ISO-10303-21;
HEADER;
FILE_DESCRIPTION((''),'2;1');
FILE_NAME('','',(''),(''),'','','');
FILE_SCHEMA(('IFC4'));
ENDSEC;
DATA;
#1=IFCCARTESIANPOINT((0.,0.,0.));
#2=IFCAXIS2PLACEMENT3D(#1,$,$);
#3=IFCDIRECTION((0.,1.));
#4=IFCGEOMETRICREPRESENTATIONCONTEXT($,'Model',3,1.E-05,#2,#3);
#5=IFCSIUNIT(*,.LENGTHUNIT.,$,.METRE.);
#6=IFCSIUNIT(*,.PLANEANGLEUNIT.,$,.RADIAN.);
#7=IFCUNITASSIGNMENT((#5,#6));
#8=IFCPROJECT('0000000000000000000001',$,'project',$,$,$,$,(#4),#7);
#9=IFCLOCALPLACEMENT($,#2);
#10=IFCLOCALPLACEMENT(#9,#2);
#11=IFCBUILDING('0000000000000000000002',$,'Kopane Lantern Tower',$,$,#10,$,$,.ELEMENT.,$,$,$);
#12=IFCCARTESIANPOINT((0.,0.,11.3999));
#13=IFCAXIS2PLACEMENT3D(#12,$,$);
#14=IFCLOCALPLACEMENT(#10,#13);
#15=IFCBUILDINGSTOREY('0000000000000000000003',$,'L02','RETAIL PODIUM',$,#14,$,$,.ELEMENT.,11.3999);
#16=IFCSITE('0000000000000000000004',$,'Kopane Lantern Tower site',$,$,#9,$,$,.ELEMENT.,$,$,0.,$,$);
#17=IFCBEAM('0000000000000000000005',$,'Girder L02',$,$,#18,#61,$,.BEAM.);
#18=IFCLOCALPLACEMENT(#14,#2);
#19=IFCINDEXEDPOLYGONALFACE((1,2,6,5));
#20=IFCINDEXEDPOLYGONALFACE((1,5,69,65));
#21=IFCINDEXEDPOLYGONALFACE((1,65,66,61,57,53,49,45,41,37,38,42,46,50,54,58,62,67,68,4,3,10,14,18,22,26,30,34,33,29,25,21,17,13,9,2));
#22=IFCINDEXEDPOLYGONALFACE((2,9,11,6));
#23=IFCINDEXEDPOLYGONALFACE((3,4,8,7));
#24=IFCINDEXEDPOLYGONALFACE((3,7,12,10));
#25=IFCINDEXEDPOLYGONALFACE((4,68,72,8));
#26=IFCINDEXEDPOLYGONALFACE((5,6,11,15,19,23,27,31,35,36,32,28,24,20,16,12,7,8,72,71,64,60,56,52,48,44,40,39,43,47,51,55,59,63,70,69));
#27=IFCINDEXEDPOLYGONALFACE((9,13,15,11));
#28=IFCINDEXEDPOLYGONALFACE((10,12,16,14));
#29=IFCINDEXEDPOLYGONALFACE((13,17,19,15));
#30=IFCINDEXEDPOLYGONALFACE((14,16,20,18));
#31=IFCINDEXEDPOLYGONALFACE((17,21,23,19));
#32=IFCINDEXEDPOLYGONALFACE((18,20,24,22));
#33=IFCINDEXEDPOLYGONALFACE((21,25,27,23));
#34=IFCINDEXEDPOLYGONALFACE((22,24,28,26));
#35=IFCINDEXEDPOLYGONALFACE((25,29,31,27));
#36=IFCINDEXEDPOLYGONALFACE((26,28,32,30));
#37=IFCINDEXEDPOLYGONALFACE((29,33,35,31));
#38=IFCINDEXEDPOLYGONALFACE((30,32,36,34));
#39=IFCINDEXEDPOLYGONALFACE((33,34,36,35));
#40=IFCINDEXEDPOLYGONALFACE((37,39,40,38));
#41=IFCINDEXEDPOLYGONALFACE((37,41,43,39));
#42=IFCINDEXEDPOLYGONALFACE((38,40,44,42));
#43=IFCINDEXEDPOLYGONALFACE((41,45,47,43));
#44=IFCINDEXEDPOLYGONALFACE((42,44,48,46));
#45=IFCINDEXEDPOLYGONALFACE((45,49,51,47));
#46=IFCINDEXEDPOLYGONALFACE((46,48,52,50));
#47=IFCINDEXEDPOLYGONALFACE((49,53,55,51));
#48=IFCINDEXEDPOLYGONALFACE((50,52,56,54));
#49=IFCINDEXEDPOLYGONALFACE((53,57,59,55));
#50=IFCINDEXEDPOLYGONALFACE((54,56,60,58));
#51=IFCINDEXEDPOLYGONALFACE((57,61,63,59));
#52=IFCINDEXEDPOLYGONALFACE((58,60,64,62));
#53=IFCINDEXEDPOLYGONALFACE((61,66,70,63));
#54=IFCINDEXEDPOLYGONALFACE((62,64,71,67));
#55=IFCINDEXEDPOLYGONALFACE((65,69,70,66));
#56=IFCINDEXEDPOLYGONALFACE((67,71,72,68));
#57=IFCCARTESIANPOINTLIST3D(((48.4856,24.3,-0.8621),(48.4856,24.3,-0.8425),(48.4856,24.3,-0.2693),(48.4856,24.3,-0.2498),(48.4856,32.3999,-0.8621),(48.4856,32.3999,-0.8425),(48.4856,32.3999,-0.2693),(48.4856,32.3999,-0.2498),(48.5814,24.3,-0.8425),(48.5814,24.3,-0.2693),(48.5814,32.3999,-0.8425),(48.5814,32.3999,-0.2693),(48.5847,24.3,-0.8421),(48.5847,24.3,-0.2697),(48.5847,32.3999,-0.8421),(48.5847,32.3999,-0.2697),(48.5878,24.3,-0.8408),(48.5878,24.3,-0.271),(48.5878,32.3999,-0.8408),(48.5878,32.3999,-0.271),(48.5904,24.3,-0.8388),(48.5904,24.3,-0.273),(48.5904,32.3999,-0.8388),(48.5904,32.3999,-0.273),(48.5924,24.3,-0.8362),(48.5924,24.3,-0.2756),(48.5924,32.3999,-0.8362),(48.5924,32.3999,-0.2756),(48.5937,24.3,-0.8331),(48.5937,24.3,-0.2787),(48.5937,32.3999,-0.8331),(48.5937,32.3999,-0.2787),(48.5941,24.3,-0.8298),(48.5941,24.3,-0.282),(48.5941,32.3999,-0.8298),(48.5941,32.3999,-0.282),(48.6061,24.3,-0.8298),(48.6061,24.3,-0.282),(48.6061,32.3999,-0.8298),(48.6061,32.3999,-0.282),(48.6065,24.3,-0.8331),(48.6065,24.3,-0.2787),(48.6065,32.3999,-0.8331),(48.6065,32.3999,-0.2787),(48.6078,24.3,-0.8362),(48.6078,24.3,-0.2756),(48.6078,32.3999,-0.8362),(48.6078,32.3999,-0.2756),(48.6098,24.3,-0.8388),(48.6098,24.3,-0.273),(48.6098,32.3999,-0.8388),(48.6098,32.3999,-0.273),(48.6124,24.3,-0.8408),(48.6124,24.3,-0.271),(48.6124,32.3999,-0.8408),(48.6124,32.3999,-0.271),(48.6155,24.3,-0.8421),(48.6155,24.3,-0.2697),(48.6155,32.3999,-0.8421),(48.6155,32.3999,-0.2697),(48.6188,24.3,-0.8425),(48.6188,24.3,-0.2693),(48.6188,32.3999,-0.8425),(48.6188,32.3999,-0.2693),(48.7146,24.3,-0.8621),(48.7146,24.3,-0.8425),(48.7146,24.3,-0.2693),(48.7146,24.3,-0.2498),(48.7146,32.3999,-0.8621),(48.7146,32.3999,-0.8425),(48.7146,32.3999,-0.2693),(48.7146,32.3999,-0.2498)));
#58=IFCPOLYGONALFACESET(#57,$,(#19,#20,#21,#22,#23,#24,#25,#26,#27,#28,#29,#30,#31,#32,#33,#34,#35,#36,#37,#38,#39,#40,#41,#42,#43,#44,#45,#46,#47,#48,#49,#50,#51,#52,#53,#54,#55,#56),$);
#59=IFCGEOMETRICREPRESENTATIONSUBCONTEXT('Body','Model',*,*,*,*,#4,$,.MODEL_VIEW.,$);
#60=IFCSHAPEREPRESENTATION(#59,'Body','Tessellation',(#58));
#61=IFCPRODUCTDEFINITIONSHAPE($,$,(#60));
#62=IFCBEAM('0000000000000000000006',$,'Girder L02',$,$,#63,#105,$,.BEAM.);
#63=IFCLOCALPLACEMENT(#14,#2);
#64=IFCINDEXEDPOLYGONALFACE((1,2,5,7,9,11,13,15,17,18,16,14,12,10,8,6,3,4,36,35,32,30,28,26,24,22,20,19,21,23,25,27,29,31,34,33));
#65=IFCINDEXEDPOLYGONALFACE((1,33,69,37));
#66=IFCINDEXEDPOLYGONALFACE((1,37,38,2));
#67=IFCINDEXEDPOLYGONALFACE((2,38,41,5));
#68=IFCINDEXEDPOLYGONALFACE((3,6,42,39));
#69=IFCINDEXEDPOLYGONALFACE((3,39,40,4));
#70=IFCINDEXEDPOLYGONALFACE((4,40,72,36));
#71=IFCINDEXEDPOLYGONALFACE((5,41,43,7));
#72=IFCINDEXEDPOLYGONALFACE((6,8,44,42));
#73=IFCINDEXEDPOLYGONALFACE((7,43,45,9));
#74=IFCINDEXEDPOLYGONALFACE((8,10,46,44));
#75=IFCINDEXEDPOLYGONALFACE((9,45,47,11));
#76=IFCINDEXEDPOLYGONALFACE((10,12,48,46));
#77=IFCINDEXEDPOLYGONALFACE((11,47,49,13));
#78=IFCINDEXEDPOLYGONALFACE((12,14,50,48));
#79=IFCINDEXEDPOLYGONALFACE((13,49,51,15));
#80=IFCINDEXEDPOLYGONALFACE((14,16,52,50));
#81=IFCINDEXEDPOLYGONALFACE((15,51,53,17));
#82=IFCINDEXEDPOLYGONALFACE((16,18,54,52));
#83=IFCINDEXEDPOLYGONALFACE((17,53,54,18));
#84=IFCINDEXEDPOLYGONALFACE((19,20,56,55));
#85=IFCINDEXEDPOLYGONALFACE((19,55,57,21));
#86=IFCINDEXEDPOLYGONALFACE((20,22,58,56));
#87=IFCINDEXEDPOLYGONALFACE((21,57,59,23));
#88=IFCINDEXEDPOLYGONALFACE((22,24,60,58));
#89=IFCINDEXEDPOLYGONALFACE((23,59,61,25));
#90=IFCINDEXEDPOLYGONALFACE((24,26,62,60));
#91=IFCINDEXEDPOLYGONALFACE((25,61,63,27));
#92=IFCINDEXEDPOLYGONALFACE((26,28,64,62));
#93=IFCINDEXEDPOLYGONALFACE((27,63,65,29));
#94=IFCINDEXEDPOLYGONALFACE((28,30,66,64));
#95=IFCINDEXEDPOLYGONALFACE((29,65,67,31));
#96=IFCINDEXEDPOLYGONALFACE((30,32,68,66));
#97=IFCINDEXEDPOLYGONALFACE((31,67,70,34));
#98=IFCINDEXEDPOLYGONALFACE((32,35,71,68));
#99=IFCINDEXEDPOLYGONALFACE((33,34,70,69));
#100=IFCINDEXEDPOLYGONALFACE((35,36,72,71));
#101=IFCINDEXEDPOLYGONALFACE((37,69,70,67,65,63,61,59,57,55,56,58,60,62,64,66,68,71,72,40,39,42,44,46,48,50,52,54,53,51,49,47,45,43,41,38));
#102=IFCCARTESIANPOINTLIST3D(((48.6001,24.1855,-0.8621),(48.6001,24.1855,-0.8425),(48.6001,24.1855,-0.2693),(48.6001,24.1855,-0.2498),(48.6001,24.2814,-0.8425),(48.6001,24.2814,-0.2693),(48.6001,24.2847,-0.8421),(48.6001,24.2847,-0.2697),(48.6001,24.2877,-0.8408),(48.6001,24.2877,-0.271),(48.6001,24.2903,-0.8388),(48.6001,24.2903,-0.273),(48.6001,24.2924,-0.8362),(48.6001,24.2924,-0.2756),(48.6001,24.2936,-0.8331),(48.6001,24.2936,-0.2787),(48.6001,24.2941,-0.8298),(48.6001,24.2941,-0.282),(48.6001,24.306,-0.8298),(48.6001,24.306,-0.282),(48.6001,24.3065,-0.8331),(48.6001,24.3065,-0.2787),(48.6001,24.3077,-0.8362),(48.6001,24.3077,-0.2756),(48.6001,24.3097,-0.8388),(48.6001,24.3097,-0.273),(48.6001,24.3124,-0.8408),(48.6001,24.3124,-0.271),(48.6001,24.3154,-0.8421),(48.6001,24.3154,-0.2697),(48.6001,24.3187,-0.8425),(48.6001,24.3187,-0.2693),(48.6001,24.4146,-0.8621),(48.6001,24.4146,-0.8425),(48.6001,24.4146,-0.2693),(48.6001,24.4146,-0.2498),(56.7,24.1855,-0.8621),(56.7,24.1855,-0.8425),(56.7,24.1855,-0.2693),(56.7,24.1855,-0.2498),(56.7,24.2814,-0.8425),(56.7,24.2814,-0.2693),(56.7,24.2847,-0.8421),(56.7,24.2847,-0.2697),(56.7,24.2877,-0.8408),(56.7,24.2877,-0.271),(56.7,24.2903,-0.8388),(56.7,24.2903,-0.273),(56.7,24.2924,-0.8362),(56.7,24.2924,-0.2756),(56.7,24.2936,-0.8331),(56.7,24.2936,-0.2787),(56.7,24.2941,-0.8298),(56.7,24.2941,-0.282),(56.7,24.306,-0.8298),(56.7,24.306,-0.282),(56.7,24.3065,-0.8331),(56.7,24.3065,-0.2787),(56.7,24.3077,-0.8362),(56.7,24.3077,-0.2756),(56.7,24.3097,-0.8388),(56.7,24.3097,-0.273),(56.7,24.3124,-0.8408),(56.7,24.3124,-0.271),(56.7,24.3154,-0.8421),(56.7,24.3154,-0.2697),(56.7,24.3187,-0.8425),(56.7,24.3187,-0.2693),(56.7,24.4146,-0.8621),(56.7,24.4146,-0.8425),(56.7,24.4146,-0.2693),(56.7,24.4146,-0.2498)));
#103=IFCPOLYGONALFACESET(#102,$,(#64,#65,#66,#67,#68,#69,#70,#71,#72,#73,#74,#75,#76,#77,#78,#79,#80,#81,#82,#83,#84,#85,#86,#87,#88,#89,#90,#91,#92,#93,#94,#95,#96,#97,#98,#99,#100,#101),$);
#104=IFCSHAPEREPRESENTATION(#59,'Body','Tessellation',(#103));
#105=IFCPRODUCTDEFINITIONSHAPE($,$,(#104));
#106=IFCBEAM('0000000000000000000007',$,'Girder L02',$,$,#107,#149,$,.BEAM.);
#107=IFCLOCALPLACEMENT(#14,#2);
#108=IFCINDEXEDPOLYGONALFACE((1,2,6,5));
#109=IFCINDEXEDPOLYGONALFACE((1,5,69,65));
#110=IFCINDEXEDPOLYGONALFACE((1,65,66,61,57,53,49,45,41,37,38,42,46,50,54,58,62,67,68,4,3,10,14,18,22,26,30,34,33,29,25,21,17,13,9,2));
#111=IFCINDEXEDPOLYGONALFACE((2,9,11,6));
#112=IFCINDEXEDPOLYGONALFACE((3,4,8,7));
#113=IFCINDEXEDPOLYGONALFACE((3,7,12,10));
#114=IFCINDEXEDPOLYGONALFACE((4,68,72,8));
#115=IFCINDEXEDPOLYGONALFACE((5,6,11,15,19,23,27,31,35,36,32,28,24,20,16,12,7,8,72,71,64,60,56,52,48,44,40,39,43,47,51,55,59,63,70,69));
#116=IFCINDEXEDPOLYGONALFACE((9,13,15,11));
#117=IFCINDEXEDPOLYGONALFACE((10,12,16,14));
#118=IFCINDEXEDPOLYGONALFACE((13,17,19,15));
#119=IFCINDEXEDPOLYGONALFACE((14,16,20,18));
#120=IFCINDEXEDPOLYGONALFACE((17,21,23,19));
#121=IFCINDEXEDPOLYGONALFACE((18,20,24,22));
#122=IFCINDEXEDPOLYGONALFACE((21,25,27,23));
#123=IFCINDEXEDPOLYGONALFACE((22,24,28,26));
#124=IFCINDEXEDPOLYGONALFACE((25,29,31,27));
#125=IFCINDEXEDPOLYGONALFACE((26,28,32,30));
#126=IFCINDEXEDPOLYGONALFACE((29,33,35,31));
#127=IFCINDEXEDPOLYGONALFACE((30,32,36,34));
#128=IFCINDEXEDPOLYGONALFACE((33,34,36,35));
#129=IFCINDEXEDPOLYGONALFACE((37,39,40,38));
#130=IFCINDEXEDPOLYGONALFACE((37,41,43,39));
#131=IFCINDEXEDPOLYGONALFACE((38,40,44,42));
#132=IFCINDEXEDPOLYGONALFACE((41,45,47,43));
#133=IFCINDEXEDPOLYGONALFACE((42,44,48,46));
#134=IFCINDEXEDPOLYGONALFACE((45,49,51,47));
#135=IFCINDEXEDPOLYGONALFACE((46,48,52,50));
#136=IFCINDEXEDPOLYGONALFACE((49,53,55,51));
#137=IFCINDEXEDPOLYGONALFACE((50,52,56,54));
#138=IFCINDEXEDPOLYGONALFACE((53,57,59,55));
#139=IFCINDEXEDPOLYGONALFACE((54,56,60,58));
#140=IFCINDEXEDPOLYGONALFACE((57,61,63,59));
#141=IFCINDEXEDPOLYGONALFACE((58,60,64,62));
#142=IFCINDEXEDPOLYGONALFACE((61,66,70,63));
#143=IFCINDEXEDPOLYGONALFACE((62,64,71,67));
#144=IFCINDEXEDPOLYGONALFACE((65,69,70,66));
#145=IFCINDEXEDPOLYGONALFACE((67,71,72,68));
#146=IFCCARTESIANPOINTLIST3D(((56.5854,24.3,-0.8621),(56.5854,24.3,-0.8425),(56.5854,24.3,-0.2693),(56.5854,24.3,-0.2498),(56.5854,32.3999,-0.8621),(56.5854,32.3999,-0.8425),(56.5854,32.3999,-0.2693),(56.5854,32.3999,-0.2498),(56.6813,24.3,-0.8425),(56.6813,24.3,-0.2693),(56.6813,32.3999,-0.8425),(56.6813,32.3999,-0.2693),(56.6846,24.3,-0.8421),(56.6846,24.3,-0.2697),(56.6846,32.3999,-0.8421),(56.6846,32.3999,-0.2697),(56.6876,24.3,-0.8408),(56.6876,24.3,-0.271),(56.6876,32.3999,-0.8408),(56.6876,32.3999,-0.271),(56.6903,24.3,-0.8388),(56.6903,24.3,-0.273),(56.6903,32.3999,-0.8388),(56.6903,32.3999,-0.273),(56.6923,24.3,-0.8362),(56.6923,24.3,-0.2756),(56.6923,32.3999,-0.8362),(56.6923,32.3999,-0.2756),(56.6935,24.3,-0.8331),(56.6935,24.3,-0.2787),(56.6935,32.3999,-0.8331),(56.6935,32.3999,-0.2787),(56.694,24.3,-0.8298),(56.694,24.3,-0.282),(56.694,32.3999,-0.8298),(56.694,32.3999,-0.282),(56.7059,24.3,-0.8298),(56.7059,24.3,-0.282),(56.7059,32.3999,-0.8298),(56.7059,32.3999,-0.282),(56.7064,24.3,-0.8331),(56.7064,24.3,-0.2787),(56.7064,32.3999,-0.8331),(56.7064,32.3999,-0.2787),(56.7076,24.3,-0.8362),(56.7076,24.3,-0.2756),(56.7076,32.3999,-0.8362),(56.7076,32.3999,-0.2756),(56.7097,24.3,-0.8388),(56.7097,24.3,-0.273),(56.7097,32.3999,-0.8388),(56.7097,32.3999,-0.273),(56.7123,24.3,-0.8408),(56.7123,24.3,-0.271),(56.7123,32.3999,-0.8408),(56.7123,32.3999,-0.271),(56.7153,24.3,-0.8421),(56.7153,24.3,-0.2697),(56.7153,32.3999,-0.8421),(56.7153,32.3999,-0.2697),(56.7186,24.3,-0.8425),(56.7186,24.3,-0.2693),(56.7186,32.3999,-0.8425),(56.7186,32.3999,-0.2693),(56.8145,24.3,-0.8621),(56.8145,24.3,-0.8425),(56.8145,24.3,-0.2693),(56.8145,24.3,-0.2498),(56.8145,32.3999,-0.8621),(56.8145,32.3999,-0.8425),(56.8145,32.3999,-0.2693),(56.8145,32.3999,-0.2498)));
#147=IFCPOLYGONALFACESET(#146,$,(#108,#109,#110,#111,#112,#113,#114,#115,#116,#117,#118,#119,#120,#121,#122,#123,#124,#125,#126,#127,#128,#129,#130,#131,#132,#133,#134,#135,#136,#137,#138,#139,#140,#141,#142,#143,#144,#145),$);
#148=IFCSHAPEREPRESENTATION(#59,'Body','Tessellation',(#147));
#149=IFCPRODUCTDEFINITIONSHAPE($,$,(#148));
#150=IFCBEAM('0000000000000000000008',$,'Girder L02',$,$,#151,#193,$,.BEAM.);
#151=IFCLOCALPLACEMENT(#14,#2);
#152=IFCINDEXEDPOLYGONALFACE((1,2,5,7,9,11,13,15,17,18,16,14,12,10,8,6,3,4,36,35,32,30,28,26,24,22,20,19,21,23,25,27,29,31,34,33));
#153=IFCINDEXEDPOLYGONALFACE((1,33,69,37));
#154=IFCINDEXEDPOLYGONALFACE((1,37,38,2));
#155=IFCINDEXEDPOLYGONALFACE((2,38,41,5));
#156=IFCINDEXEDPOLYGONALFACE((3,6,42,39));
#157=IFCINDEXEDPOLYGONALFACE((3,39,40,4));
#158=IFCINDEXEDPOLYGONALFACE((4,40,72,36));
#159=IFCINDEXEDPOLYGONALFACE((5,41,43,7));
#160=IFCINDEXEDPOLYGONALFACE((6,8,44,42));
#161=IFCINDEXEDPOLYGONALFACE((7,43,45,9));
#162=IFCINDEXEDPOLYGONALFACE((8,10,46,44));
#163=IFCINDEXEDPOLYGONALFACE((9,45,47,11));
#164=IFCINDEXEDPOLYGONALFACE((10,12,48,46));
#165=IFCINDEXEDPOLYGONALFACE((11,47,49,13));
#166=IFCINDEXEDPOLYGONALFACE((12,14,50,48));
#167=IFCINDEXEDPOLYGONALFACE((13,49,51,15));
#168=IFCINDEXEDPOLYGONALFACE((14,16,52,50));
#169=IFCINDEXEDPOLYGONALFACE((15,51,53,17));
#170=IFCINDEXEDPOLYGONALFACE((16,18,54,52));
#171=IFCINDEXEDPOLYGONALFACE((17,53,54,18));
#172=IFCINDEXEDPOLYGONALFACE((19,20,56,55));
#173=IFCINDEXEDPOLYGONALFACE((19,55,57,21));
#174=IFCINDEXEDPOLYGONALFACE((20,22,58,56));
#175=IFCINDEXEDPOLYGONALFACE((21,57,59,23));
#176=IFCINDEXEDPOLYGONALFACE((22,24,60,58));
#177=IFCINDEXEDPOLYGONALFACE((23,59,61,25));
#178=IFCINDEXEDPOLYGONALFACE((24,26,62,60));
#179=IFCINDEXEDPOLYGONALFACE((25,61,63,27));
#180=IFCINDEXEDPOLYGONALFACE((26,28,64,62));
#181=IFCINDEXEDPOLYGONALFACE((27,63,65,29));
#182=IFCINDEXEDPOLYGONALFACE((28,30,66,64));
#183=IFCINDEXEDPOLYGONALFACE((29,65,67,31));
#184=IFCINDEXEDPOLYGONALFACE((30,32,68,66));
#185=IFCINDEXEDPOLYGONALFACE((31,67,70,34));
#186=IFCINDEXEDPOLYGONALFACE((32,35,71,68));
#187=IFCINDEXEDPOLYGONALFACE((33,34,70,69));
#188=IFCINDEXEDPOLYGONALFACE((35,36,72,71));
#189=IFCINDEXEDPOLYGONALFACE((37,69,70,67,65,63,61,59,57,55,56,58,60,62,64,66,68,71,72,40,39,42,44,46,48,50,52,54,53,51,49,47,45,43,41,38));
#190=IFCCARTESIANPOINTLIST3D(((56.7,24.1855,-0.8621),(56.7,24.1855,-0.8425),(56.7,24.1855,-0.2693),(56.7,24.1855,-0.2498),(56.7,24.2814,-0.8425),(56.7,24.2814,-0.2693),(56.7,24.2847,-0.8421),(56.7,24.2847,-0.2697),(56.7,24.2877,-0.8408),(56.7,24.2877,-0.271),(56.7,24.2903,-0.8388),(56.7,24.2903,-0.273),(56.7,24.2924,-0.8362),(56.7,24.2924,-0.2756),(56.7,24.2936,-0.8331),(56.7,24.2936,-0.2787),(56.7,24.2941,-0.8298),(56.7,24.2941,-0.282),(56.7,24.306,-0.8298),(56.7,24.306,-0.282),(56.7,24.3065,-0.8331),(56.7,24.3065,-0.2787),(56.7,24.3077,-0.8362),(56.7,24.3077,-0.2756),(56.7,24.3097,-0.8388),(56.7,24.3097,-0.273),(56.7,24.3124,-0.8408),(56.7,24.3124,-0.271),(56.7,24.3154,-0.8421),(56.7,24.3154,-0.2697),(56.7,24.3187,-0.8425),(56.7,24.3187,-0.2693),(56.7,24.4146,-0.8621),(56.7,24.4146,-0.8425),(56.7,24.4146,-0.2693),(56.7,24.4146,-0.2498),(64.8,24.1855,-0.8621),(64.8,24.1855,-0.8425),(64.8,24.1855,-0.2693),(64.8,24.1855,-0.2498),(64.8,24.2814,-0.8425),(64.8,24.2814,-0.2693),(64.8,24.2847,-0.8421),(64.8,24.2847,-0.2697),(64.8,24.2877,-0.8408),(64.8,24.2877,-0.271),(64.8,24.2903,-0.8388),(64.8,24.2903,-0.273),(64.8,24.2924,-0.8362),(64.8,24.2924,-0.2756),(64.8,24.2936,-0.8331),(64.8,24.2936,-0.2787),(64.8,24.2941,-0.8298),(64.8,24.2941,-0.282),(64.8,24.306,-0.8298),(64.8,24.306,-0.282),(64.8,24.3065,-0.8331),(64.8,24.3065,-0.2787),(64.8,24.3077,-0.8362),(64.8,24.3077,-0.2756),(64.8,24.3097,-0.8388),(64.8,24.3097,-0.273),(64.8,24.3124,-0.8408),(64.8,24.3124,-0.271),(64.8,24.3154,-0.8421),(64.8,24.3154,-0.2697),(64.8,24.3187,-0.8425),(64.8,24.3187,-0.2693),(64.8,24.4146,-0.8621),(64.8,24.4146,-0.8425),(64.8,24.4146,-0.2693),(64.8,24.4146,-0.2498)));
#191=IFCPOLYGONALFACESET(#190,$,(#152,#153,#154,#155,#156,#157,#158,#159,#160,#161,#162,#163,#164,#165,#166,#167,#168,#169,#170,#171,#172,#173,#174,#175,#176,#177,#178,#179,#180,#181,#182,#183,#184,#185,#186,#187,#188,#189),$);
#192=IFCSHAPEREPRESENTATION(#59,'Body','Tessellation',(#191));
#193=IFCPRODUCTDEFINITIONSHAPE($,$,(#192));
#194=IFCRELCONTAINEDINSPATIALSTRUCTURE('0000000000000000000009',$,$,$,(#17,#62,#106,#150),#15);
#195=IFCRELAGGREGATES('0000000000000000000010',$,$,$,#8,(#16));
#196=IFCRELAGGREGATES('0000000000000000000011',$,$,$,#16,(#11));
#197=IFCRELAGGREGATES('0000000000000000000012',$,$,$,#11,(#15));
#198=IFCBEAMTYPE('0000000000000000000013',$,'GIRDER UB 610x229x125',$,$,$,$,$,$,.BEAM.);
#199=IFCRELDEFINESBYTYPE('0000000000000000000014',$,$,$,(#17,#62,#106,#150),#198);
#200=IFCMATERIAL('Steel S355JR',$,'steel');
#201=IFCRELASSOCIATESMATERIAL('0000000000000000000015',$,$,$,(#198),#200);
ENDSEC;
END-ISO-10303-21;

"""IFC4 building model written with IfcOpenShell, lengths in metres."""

from ifc_helpers import new_model, si_unit, direction, frame, origin, origin_2d, place, context, subcontext, project, spatial, i_section, extrude, material, material_profile, profile_set, type_object, element, save


model = new_model("IFC4")

# Units and contexts
model_context = context("Model", 3, precision=1e-05, world=origin(), true_north=direction((0.0, 1.0)))
body_context = subcontext(model_context, "Body", "Model", "MODEL_VIEW")
ifc_project = project(units=[si_unit("LENGTHUNIT", "METRE"), si_unit("PLANEANGLEUNIT", "RADIAN")], contexts=[model_context])

# Site, building, storey
site_placement = place(None, origin())
site = spatial("IfcSite", under=ifc_project, at=site_placement, Name="Kopane Lantern Tower site", CompositionType="ELEMENT", RefElevation=0.0)
building_placement = place(site_placement, origin())
building = spatial("IfcBuilding", under=site, at=building_placement, Name="Kopane Lantern Tower", CompositionType="ELEMENT")
storey_placement = place(building_placement, frame((0.0, 0.0, 11.3999)))
storey = spatial("IfcBuildingStorey", under=building, at=storey_placement, Name="L02", Description="RETAIL PODIUM", CompositionType="ELEMENT", Elevation=11.3999)

# Beams
ifc_material_1 = material(Name="Steel S355JR", Category="steel")
ifc_material_profile_1 = material_profile(ifc_material_1, i_section(OverallWidth=0.229, OverallDepth=0.6123, WebThickness=0.012, FlangeThickness=0.0195, FilletRadius=0.0127, at=origin_2d()), Name="UB 610x229x125")
ifc_profile_set_1 = profile_set([ifc_material_profile_1], Name="Steel S355JR")
beam_type_1 = type_object("IfcBeamType", Name="GIRDER UB 610x229x125", PredefinedType="BEAM", material=ifc_profile_set_1)
for number, where, z_axis, x_axis, name in (
    (1, (48.6001, 24.3, -0.5559), (0.0, 1.0, 0.0), (-1.0, 0.0, 0.0), "Girder L02"),
    (2, (48.6001, 24.3, -0.5559), (1.0, 0.0, 0.0), (0.0, 1.0, 0.0), "Girder L02"),
    (3, (56.7, 24.3, -0.5559), (0.0, 1.0, 0.0), (-1.0, 0.0, 0.0), "Girder L02"),
):
    element("IfcBeam", number, at=place(storey_placement, frame(where, z_axis=z_axis, x_axis=x_axis)), inside=storey, type_object=beam_type_1, Name=name, PredefinedType="BEAM", context=body_context, shape_type="SweptSolid", body=[
        extrude(i_section(OverallWidth=0.229, OverallDepth=0.6123, WebThickness=0.012, FlangeThickness=0.0195, FilletRadius=0.0127, at=origin_2d()), origin(), (0.0, 0.0, 1.0), 8.0999),
    ])
beam_1_placement = place(storey_placement, frame((56.7, 24.3, -0.5559), z_axis=(1.0, 0.0, 0.0), x_axis=(0.0, 1.0, 0.0)))
element("IfcBeam", 4, at=beam_1_placement, inside=storey, type_object=beam_type_1, Name="Girder L02", PredefinedType="BEAM", context=body_context, shape_type="SweptSolid", body=[
    extrude(i_section(OverallWidth=0.229, OverallDepth=0.6123, WebThickness=0.012, FlangeThickness=0.0195, FilletRadius=0.0127, at=origin_2d()), origin(), (0.0, 0.0, 1.0), 8.1001),
])

save(model, "model.ifc")
